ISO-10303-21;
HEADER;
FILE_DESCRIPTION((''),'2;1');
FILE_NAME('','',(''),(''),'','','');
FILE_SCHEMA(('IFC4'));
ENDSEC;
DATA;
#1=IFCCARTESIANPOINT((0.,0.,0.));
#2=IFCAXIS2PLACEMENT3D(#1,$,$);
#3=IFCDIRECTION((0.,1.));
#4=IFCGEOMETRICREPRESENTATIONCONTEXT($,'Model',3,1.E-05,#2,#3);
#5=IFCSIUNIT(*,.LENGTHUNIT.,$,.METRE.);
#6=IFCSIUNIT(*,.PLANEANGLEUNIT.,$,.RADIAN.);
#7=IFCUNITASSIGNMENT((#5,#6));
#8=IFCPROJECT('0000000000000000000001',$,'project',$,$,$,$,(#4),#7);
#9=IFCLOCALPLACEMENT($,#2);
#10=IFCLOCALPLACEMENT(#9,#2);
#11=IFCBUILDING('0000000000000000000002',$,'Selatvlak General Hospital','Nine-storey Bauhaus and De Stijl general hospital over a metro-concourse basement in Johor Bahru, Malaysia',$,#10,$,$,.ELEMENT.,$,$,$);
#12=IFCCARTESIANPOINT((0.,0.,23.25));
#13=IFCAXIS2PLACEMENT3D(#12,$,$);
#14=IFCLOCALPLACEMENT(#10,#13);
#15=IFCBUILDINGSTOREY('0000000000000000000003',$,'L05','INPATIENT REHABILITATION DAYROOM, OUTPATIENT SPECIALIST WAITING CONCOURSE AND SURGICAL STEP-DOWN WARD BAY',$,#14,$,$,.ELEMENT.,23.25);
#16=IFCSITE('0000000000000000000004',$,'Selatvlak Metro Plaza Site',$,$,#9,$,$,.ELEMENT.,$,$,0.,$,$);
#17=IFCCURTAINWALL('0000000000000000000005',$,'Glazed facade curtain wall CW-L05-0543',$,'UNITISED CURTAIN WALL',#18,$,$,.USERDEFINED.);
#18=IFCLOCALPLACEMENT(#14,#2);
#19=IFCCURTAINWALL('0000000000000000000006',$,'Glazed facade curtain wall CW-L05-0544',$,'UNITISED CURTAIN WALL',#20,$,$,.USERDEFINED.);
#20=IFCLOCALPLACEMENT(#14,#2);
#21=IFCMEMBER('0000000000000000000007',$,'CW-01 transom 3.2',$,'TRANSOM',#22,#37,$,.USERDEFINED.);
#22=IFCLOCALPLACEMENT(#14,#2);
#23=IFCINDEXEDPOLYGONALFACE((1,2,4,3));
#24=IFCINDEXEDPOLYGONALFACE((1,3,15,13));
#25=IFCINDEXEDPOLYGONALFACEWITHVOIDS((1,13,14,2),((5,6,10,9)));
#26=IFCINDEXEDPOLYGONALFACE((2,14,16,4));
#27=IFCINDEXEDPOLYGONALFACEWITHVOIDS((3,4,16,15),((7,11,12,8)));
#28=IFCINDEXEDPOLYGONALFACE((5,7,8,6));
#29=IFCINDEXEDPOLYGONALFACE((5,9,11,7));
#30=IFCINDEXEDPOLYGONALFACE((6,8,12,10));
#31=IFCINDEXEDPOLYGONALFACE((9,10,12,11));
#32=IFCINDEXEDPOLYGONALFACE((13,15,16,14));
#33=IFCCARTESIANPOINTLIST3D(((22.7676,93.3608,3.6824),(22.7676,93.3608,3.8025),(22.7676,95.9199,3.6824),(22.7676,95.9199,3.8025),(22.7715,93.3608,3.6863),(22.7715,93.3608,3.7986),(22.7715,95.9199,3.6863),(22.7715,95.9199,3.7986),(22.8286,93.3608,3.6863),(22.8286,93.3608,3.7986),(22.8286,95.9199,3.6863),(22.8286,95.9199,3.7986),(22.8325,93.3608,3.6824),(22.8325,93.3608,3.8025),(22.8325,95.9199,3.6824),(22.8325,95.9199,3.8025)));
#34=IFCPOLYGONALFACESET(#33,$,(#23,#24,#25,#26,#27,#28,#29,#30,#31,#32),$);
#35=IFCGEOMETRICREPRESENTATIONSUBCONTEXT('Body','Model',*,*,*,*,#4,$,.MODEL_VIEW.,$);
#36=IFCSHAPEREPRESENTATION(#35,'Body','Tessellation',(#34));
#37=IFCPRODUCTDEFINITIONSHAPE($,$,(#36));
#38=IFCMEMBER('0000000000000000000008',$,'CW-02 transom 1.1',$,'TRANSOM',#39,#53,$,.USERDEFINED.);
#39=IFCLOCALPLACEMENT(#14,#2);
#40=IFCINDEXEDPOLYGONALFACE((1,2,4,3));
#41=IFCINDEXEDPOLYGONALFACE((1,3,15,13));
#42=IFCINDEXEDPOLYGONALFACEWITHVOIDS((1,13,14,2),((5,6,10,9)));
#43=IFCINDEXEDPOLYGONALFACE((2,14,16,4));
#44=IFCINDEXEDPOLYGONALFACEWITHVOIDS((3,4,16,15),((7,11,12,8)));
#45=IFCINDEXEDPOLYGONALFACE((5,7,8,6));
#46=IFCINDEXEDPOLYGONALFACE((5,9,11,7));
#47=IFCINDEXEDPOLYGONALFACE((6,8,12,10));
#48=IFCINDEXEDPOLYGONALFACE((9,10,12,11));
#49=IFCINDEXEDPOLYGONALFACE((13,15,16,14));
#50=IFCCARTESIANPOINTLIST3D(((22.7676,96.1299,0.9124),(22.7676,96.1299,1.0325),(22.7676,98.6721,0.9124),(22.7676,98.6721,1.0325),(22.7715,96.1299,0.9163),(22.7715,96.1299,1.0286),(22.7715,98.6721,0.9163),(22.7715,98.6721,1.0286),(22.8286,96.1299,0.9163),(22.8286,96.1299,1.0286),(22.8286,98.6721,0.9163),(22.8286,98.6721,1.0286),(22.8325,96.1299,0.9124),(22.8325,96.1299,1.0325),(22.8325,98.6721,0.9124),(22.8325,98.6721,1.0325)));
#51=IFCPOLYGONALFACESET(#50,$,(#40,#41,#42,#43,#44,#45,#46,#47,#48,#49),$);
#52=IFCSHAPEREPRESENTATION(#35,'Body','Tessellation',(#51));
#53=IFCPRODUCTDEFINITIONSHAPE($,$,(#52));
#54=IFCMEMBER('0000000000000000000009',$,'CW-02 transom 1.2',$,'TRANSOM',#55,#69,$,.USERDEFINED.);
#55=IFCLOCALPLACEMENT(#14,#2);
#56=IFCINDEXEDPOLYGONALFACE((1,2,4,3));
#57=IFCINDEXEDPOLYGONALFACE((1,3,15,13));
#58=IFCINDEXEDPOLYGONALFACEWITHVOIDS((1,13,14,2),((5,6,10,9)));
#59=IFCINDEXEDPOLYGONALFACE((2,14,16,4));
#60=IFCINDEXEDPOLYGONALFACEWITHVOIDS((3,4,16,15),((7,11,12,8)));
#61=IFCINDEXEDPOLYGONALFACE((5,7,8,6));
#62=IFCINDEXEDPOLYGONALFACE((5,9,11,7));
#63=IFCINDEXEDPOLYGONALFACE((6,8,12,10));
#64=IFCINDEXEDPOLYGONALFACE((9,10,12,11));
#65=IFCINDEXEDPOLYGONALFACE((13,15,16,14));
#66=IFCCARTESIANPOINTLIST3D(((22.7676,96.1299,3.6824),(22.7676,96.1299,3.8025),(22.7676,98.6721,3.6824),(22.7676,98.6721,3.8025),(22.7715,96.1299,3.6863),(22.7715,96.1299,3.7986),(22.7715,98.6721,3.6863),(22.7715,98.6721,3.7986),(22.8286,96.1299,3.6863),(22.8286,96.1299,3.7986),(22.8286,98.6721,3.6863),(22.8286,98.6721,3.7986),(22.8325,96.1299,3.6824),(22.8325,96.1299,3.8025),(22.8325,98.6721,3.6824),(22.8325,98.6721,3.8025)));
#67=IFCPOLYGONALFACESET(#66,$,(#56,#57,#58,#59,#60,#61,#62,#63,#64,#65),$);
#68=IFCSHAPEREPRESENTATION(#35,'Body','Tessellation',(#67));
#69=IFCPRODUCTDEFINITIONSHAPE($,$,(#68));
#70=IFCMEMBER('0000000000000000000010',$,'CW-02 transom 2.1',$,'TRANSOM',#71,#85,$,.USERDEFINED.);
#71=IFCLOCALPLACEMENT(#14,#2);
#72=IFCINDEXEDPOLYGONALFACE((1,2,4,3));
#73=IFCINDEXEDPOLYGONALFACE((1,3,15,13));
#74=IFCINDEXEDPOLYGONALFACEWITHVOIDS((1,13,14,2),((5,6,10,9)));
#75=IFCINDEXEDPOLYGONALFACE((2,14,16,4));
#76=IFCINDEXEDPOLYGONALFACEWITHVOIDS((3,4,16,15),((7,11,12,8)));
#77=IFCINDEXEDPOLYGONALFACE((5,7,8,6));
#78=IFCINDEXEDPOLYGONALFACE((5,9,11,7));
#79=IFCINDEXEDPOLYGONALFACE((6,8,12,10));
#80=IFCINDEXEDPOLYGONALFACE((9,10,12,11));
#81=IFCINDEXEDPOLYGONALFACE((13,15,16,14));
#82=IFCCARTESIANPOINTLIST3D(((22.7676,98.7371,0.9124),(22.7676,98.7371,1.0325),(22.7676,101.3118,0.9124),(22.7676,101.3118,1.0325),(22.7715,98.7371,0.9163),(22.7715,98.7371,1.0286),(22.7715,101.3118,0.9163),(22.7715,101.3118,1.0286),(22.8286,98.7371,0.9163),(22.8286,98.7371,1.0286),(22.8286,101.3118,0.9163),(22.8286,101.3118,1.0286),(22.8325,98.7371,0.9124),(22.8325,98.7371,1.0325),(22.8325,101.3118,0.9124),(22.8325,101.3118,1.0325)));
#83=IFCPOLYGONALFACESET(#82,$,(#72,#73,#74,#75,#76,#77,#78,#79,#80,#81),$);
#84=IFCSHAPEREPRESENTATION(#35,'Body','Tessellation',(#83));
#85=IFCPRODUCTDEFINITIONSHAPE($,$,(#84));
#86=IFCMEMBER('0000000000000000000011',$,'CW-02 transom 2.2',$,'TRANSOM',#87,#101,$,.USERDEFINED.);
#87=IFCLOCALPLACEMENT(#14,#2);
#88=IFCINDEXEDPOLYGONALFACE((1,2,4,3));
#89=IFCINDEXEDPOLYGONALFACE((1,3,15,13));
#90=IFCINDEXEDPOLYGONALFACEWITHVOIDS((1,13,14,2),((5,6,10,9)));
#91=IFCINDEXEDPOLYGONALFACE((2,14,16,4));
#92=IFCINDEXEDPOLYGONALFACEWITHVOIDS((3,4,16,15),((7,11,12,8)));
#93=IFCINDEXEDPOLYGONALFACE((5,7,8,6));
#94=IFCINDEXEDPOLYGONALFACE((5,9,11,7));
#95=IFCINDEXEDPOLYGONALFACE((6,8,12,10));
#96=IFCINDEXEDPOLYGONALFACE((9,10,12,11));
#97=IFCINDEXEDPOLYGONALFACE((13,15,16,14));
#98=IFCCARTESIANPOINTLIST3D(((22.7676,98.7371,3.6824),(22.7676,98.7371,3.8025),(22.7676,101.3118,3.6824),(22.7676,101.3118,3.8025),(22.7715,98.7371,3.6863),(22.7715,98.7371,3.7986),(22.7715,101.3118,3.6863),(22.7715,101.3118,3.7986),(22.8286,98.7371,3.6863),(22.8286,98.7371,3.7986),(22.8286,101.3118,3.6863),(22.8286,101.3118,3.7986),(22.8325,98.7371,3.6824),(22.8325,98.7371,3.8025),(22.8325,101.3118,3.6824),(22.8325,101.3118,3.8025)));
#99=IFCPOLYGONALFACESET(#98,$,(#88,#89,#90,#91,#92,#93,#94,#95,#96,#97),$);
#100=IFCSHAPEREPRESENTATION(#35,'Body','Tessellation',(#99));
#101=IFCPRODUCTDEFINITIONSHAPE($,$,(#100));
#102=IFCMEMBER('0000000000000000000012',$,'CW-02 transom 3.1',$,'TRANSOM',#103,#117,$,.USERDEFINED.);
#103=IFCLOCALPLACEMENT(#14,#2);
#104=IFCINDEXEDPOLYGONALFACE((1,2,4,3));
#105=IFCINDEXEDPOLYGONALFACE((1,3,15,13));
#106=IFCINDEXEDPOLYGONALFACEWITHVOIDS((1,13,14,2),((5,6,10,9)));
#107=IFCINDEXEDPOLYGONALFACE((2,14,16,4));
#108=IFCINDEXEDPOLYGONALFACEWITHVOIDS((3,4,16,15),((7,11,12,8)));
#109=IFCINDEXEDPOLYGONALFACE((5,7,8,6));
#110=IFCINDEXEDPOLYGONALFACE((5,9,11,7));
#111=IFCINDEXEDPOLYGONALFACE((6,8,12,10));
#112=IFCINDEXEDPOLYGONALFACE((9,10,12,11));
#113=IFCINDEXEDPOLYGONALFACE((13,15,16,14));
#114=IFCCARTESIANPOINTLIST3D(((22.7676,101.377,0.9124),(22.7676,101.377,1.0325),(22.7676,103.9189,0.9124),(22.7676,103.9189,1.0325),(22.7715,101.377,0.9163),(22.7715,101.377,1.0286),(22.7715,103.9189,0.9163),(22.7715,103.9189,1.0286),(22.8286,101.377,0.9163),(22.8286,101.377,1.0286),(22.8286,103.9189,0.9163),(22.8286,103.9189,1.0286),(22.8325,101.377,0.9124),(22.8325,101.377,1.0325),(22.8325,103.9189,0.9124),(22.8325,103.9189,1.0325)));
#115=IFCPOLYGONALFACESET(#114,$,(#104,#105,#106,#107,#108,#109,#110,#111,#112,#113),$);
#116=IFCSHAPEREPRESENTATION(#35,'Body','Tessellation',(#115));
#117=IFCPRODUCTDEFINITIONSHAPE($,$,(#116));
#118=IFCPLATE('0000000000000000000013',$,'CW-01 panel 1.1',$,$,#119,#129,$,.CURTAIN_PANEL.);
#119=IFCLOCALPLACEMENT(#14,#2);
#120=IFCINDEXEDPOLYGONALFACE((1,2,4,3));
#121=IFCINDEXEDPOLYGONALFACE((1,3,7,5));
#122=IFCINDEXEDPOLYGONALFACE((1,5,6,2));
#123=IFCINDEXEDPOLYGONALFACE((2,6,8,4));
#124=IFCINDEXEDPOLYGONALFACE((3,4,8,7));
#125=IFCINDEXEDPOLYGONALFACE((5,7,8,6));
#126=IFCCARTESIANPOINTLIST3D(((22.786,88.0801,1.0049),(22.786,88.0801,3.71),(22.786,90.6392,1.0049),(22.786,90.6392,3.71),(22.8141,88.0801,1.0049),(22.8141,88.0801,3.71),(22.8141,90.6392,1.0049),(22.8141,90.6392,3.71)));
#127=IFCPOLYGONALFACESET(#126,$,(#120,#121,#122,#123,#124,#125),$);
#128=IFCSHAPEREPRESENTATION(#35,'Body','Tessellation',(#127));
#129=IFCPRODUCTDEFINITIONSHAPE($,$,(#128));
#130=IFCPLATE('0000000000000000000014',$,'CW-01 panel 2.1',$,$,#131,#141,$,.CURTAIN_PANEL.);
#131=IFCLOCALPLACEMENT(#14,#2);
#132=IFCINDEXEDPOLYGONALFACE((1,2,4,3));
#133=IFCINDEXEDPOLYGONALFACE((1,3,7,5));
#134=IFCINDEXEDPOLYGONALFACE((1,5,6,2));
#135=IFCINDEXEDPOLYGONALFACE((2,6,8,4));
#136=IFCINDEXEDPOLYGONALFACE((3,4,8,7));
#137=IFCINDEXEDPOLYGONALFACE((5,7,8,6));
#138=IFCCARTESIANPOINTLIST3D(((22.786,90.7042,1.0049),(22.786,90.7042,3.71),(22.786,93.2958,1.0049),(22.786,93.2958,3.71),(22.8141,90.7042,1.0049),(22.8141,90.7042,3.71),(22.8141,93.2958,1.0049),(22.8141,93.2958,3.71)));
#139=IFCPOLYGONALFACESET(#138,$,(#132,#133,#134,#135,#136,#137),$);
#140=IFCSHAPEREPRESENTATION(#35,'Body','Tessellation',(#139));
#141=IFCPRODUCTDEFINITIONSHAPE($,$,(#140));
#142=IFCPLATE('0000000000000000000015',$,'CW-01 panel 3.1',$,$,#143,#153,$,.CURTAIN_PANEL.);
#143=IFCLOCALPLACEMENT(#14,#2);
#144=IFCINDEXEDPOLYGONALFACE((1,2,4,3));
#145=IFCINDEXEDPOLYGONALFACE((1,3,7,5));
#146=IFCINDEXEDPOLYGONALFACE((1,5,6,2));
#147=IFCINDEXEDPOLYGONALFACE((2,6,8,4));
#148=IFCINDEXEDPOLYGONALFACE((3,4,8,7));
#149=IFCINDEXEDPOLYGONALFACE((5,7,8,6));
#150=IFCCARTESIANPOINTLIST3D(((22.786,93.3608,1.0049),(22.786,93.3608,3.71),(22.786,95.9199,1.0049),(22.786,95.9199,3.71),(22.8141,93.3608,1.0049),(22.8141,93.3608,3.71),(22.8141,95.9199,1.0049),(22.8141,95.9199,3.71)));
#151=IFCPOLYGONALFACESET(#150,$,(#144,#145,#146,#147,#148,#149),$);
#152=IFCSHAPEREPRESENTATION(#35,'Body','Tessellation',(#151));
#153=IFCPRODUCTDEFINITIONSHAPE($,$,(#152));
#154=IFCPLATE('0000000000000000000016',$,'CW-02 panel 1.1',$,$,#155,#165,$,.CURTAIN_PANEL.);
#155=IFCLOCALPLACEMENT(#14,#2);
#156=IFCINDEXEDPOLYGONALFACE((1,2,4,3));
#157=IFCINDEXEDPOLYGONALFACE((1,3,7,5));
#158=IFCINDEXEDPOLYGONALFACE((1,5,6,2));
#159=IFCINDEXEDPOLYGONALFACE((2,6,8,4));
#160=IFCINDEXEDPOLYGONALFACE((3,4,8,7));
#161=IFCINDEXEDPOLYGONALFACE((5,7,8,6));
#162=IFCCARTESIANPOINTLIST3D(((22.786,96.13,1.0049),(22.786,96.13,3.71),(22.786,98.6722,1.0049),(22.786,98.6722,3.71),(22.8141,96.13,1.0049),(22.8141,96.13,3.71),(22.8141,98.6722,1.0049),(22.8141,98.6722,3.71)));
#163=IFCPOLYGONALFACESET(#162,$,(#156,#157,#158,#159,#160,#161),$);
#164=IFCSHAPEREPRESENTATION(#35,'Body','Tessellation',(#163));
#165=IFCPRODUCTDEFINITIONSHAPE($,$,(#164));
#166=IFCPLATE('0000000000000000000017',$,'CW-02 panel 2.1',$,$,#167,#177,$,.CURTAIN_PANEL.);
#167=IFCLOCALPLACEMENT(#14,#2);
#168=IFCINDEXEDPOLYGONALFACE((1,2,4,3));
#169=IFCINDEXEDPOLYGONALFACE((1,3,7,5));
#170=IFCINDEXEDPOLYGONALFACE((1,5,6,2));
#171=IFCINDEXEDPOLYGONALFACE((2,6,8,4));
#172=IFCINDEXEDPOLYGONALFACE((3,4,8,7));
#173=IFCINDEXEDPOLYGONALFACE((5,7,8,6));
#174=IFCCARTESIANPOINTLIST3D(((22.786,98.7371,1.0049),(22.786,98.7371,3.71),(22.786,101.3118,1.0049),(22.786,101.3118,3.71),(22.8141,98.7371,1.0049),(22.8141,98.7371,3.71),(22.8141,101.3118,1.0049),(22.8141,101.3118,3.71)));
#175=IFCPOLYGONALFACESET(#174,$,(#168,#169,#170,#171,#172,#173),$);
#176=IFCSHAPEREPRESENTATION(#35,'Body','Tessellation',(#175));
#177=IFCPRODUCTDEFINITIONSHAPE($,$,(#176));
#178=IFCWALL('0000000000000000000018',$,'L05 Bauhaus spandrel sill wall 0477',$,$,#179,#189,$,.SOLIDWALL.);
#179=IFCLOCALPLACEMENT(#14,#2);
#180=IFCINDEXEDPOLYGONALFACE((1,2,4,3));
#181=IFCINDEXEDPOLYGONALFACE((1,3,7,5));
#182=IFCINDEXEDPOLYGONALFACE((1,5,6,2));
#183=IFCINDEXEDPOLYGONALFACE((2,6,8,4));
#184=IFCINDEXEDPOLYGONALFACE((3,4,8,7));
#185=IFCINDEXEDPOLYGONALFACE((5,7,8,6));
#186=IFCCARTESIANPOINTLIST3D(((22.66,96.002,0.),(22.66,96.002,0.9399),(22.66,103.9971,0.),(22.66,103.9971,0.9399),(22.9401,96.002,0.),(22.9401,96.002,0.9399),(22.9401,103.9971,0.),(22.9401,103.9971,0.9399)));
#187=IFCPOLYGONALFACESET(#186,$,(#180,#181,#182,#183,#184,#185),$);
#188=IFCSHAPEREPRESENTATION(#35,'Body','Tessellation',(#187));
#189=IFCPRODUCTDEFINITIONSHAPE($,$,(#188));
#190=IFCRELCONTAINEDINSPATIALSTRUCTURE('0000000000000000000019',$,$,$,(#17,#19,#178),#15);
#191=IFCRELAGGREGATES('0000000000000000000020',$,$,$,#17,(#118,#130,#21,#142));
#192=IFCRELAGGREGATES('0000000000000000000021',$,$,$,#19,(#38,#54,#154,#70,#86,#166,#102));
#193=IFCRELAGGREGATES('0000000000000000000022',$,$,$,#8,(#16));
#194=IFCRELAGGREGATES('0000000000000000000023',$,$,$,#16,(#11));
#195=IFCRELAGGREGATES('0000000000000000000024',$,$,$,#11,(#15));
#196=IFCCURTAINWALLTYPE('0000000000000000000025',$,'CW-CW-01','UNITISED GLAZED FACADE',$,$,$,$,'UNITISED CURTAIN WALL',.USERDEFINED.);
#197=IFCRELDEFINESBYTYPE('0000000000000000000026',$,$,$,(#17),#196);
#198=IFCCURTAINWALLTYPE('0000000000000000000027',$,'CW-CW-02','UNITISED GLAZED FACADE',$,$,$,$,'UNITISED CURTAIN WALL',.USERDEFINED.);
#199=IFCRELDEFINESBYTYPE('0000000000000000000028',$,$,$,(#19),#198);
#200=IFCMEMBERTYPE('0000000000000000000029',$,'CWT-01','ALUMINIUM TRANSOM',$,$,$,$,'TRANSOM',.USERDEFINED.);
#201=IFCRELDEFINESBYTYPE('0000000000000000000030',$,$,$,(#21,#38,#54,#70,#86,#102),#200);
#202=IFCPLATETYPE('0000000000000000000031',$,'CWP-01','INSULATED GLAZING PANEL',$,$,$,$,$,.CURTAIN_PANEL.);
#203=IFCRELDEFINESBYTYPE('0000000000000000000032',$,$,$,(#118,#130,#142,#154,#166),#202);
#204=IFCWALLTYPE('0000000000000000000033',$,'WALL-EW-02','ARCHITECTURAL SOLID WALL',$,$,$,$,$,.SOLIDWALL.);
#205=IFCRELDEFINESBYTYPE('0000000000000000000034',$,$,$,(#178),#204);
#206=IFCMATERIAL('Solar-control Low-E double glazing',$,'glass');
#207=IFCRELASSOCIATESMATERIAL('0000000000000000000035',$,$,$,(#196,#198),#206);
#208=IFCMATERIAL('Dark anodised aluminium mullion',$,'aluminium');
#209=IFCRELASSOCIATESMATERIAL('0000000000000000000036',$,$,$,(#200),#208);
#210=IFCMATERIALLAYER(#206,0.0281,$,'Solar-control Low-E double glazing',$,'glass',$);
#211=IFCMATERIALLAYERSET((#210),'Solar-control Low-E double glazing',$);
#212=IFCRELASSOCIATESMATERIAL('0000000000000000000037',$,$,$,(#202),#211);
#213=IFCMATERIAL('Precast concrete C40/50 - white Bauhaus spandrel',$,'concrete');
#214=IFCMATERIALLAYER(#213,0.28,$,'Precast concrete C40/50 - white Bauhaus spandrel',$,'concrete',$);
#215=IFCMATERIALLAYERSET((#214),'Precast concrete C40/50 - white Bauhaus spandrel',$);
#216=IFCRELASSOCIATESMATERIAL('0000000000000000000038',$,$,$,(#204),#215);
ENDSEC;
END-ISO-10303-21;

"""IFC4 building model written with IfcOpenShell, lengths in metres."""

from ifc_helpers import new_model, si_unit, direction, frame, frame_2d, origin, origin_2d, place, context, subcontext, project, spatial, rectangle, hollow_rectangle, extrude, material, layer, layer_set, material_profile, profile_set, type_object, element, aggregate, save


model = new_model("IFC4")

# Units and contexts
model_context = context("Model", 3, precision=1e-05, world=origin(), true_north=direction((0.0, 1.0)))
body_context = subcontext(model_context, "Body", "Model", "MODEL_VIEW")
ifc_project = project(units=[si_unit("LENGTHUNIT", "METRE"), si_unit("PLANEANGLEUNIT", "RADIAN")], contexts=[model_context])

# Site, building, storey
site_placement = place(None, origin())
site = spatial("IfcSite", under=ifc_project, at=site_placement, Name="Selatvlak Metro Plaza Site", CompositionType="ELEMENT", RefElevation=0.0)
building_placement = place(site_placement, origin())
building = spatial("IfcBuilding", under=site, at=building_placement, Name="Selatvlak General Hospital", Description="Nine-storey Bauhaus and De Stijl general hospital over a metro-concourse basement in Johor Bahru, Malaysia", CompositionType="ELEMENT")
storey_placement = place(building_placement, frame((0.0, 0.0, 23.25)))
storey = spatial("IfcBuildingStorey", under=building, at=storey_placement, Name="L05", Description="INPATIENT REHABILITATION DAYROOM, OUTPATIENT SPECIALIST WAITING CONCOURSE AND SURGICAL STEP-DOWN WARD BAY", CompositionType="ELEMENT", Elevation=23.25)

# Curtain walls
ifc_material_1 = material(Name="Solar-control Low-E double glazing", Category="glass")
curtain_wall_type_1 = type_object("IfcCurtainWallType", Name="CW-CW-01", Description="UNITISED GLAZED FACADE", ElementType="UNITISED CURTAIN WALL", PredefinedType="USERDEFINED", material=ifc_material_1)
curtain_wall_1_placement = place(storey_placement, origin())
curtain_wall_1 = element("IfcCurtainWall", 1, at=curtain_wall_1_placement, inside=storey, type_object=curtain_wall_type_1, Name="Glazed facade curtain wall CW-L05-0543", ObjectType="UNITISED CURTAIN WALL", PredefinedType="USERDEFINED")
ifc_material_2 = material(Name="Dark anodised aluminium mullion", Category="aluminium")
curtain_wall_type_2 = type_object("IfcCurtainWallType", Name="CW-CW-02", Description="UNITISED GLAZED FACADE", ElementType="UNITISED CURTAIN WALL", PredefinedType="USERDEFINED", material=ifc_material_1)
curtain_wall_2_placement = place(storey_placement, origin())
curtain_wall_2 = element("IfcCurtainWall", 2, at=curtain_wall_2_placement, inside=storey, type_object=curtain_wall_type_2, Name="Glazed facade curtain wall CW-L05-0544", ObjectType="UNITISED CURTAIN WALL", PredefinedType="USERDEFINED")

# Members
ifc_material_profile_1 = material_profile(ifc_material_2, hollow_rectangle(XDim=0.0649, YDim=0.1201, WallThickness=0.0039, at=origin_2d()), Name="AL-TRN 65x120x4")
ifc_profile_set_1 = profile_set([ifc_material_profile_1], Name="Dark anodised aluminium mullion")
member_type_1 = type_object("IfcMemberType", Name="CWT-01", Description="ALUMINIUM TRANSOM", ElementType="TRANSOM", PredefinedType="USERDEFINED", material=ifc_profile_set_1)
member_1_placement = place(storey_placement, frame((22.8, 93.3608, 3.7424), z_axis=(0.0, 1.0, 0.0), x_axis=(-1.0, 0.0, 0.0)))
member_1 = element("IfcMember", 3, at=member_1_placement, type_object=member_type_1, Name="CW-01 transom 3.2", ObjectType="TRANSOM", PredefinedType="USERDEFINED", context=body_context, shape_type="SweptSolid", body=[
    extrude(hollow_rectangle(XDim=0.0649, YDim=0.1201, WallThickness=0.0039, at=origin_2d()), origin(), (0.0, 0.0, 1.0), 2.5591),
])
member_2_placement = place(storey_placement, frame((22.8, 96.1299, 0.9724), z_axis=(0.0, 1.0, 0.0), x_axis=(-1.0, 0.0, 0.0)))
member_2 = element("IfcMember", 4, at=member_2_placement, type_object=member_type_1, Name="CW-02 transom 1.1", ObjectType="TRANSOM", PredefinedType="USERDEFINED", context=body_context, shape_type="SweptSolid", body=[
    extrude(hollow_rectangle(XDim=0.0649, YDim=0.1201, WallThickness=0.0039, at=origin_2d()), origin(), (0.0, 0.0, 1.0), 2.5422),
])
member_3_placement = place(storey_placement, frame((22.8, 96.1299, 3.7424), z_axis=(0.0, 1.0, 0.0), x_axis=(-1.0, 0.0, 0.0)))
member_3 = element("IfcMember", 5, at=member_3_placement, type_object=member_type_1, Name="CW-02 transom 1.2", ObjectType="TRANSOM", PredefinedType="USERDEFINED", context=body_context, shape_type="SweptSolid", body=[
    extrude(hollow_rectangle(XDim=0.0649, YDim=0.1201, WallThickness=0.0039, at=origin_2d()), origin(), (0.0, 0.0, 1.0), 2.5422),
])
member_4_placement = place(storey_placement, frame((22.8, 98.7371, 0.9724), z_axis=(0.0, 1.0, 0.0), x_axis=(-1.0, 0.0, 0.0)))
member_4 = element("IfcMember", 6, at=member_4_placement, type_object=member_type_1, Name="CW-02 transom 2.1", ObjectType="TRANSOM", PredefinedType="USERDEFINED", context=body_context, shape_type="SweptSolid", body=[
    extrude(hollow_rectangle(XDim=0.0649, YDim=0.1201, WallThickness=0.0039, at=origin_2d()), origin(), (0.0, 0.0, 1.0), 2.5747),
])
member_5_placement = place(storey_placement, frame((22.8, 98.7371, 3.7424), z_axis=(0.0, 1.0, 0.0), x_axis=(-1.0, 0.0, 0.0)))
member_5 = element("IfcMember", 7, at=member_5_placement, type_object=member_type_1, Name="CW-02 transom 2.2", ObjectType="TRANSOM", PredefinedType="USERDEFINED", context=body_context, shape_type="SweptSolid", body=[
    extrude(hollow_rectangle(XDim=0.0649, YDim=0.1201, WallThickness=0.0039, at=origin_2d()), origin(), (0.0, 0.0, 1.0), 2.5747),
])
member_6_placement = place(storey_placement, frame((22.8, 101.377, 0.9724), z_axis=(0.0, 1.0, 0.0), x_axis=(-1.0, 0.0, 0.0)))
member_6 = element("IfcMember", 8, at=member_6_placement, type_object=member_type_1, Name="CW-02 transom 3.1", ObjectType="TRANSOM", PredefinedType="USERDEFINED", context=body_context, shape_type="SweptSolid", body=[
    extrude(hollow_rectangle(XDim=0.0649, YDim=0.1201, WallThickness=0.0039, at=origin_2d()), origin(), (0.0, 0.0, 1.0), 2.542),
])

# Plates
ifc_layer_1 = layer(ifc_material_1, 0.0281, Name="Solar-control Low-E double glazing", Category="glass")
ifc_layer_set_1 = layer_set([ifc_layer_1], Name="Solar-control Low-E double glazing")
plate_type = type_object("IfcPlateType", Name="CWP-01", Description="INSULATED GLAZING PANEL", PredefinedType="CURTAIN_PANEL", material=ifc_layer_set_1)
plate_1_placement = place(storey_placement, frame((22.8, 89.3596, 1.0049), z_axis=(0.0, 0.0, 1.0), x_axis=(0.0, 1.0, 0.0)))
plate_1 = element("IfcPlate", 9, at=plate_1_placement, type_object=plate_type, Name="CW-01 panel 1.1", PredefinedType="CURTAIN_PANEL", context=body_context, shape_type="SweptSolid", body=[
    extrude(rectangle(XDim=2.5591, YDim=0.0281, at=origin_2d()), origin(), (0.0, 0.0, 1.0), 2.7051),
])
plate_2_placement = place(storey_placement, frame((22.8, 92.0, 1.0049), z_axis=(0.0, 0.0, 1.0), x_axis=(0.0, 1.0, 0.0)))
plate_2 = element("IfcPlate", 10, at=plate_2_placement, type_object=plate_type, Name="CW-01 panel 2.1", PredefinedType="CURTAIN_PANEL", context=body_context, shape_type="SweptSolid", body=[
    extrude(rectangle(XDim=2.5916, YDim=0.0281, at=origin_2d()), origin(), (0.0, 0.0, 1.0), 2.7051),
])
plate_3_placement = place(storey_placement, frame((22.8, 94.6404, 1.0049), z_axis=(0.0, 0.0, 1.0), x_axis=(0.0, 1.0, 0.0)))
plate_3 = element("IfcPlate", 11, at=plate_3_placement, type_object=plate_type, Name="CW-01 panel 3.1", PredefinedType="CURTAIN_PANEL", context=body_context, shape_type="SweptSolid", body=[
    extrude(rectangle(XDim=2.5591, YDim=0.0281, at=origin_2d()), origin(), (0.0, 0.0, 1.0), 2.7051),
])
aggregate(curtain_wall_1, [plate_1, plate_2, member_1, plate_3])
plate_4_placement = place(storey_placement, frame((22.8, 97.4011, 1.0049), z_axis=(0.0, 0.0, 1.0), x_axis=(0.0, 1.0, 0.0)))
plate_4 = element("IfcPlate", 12, at=plate_4_placement, type_object=plate_type, Name="CW-02 panel 1.1", PredefinedType="CURTAIN_PANEL", context=body_context, shape_type="SweptSolid", body=[
    extrude(rectangle(XDim=2.5422, YDim=0.0281, at=origin_2d()), origin(), (0.0, 0.0, 1.0), 2.7051),
])
plate_5_placement = place(storey_placement, frame((22.8, 100.0244, 1.0049), z_axis=(0.0, 0.0, 1.0), x_axis=(0.0, 1.0, 0.0)))
plate_5 = element("IfcPlate", 13, at=plate_5_placement, type_object=plate_type, Name="CW-02 panel 2.1", PredefinedType="CURTAIN_PANEL", context=body_context, shape_type="SweptSolid", body=[
    extrude(rectangle(XDim=2.5747, YDim=0.0281, at=origin_2d()), origin(), (0.0, 0.0, 1.0), 2.7051),
])
aggregate(curtain_wall_2, [member_2, member_3, plate_4, member_4, member_5, plate_5, member_6])

# Wall
ifc_material_3 = material(Name="Precast concrete C40/50 - white Bauhaus spandrel", Category="concrete")
ifc_layer_2 = layer(ifc_material_3, 0.28, Name="Precast concrete C40/50 - white Bauhaus spandrel", Category="concrete")
ifc_layer_set_2 = layer_set([ifc_layer_2], Name="Precast concrete C40/50 - white Bauhaus spandrel")
wall_type = type_object("IfcWallType", Name="WALL-EW-02", Description="ARCHITECTURAL SOLID WALL", PredefinedType="SOLIDWALL", material=ifc_layer_set_2)
wall_placement = place(storey_placement, frame((22.8, 96.002, 0.0), z_axis=(0.0, 0.0, 1.0), x_axis=(0.0, 1.0, 0.0)))
element("IfcWall", 14, at=wall_placement, inside=storey, type_object=wall_type, Name="L05 Bauhaus spandrel sill wall 0477", PredefinedType="SOLIDWALL", context=body_context, shape_type="SweptSolid", body=[
    extrude(rectangle(XDim=7.9951, YDim=0.28, at=frame_2d((3.9976, 0.0))), origin(), (0.0, 0.0, 1.0), 0.9399),
])

save(model, "model.ifc")
